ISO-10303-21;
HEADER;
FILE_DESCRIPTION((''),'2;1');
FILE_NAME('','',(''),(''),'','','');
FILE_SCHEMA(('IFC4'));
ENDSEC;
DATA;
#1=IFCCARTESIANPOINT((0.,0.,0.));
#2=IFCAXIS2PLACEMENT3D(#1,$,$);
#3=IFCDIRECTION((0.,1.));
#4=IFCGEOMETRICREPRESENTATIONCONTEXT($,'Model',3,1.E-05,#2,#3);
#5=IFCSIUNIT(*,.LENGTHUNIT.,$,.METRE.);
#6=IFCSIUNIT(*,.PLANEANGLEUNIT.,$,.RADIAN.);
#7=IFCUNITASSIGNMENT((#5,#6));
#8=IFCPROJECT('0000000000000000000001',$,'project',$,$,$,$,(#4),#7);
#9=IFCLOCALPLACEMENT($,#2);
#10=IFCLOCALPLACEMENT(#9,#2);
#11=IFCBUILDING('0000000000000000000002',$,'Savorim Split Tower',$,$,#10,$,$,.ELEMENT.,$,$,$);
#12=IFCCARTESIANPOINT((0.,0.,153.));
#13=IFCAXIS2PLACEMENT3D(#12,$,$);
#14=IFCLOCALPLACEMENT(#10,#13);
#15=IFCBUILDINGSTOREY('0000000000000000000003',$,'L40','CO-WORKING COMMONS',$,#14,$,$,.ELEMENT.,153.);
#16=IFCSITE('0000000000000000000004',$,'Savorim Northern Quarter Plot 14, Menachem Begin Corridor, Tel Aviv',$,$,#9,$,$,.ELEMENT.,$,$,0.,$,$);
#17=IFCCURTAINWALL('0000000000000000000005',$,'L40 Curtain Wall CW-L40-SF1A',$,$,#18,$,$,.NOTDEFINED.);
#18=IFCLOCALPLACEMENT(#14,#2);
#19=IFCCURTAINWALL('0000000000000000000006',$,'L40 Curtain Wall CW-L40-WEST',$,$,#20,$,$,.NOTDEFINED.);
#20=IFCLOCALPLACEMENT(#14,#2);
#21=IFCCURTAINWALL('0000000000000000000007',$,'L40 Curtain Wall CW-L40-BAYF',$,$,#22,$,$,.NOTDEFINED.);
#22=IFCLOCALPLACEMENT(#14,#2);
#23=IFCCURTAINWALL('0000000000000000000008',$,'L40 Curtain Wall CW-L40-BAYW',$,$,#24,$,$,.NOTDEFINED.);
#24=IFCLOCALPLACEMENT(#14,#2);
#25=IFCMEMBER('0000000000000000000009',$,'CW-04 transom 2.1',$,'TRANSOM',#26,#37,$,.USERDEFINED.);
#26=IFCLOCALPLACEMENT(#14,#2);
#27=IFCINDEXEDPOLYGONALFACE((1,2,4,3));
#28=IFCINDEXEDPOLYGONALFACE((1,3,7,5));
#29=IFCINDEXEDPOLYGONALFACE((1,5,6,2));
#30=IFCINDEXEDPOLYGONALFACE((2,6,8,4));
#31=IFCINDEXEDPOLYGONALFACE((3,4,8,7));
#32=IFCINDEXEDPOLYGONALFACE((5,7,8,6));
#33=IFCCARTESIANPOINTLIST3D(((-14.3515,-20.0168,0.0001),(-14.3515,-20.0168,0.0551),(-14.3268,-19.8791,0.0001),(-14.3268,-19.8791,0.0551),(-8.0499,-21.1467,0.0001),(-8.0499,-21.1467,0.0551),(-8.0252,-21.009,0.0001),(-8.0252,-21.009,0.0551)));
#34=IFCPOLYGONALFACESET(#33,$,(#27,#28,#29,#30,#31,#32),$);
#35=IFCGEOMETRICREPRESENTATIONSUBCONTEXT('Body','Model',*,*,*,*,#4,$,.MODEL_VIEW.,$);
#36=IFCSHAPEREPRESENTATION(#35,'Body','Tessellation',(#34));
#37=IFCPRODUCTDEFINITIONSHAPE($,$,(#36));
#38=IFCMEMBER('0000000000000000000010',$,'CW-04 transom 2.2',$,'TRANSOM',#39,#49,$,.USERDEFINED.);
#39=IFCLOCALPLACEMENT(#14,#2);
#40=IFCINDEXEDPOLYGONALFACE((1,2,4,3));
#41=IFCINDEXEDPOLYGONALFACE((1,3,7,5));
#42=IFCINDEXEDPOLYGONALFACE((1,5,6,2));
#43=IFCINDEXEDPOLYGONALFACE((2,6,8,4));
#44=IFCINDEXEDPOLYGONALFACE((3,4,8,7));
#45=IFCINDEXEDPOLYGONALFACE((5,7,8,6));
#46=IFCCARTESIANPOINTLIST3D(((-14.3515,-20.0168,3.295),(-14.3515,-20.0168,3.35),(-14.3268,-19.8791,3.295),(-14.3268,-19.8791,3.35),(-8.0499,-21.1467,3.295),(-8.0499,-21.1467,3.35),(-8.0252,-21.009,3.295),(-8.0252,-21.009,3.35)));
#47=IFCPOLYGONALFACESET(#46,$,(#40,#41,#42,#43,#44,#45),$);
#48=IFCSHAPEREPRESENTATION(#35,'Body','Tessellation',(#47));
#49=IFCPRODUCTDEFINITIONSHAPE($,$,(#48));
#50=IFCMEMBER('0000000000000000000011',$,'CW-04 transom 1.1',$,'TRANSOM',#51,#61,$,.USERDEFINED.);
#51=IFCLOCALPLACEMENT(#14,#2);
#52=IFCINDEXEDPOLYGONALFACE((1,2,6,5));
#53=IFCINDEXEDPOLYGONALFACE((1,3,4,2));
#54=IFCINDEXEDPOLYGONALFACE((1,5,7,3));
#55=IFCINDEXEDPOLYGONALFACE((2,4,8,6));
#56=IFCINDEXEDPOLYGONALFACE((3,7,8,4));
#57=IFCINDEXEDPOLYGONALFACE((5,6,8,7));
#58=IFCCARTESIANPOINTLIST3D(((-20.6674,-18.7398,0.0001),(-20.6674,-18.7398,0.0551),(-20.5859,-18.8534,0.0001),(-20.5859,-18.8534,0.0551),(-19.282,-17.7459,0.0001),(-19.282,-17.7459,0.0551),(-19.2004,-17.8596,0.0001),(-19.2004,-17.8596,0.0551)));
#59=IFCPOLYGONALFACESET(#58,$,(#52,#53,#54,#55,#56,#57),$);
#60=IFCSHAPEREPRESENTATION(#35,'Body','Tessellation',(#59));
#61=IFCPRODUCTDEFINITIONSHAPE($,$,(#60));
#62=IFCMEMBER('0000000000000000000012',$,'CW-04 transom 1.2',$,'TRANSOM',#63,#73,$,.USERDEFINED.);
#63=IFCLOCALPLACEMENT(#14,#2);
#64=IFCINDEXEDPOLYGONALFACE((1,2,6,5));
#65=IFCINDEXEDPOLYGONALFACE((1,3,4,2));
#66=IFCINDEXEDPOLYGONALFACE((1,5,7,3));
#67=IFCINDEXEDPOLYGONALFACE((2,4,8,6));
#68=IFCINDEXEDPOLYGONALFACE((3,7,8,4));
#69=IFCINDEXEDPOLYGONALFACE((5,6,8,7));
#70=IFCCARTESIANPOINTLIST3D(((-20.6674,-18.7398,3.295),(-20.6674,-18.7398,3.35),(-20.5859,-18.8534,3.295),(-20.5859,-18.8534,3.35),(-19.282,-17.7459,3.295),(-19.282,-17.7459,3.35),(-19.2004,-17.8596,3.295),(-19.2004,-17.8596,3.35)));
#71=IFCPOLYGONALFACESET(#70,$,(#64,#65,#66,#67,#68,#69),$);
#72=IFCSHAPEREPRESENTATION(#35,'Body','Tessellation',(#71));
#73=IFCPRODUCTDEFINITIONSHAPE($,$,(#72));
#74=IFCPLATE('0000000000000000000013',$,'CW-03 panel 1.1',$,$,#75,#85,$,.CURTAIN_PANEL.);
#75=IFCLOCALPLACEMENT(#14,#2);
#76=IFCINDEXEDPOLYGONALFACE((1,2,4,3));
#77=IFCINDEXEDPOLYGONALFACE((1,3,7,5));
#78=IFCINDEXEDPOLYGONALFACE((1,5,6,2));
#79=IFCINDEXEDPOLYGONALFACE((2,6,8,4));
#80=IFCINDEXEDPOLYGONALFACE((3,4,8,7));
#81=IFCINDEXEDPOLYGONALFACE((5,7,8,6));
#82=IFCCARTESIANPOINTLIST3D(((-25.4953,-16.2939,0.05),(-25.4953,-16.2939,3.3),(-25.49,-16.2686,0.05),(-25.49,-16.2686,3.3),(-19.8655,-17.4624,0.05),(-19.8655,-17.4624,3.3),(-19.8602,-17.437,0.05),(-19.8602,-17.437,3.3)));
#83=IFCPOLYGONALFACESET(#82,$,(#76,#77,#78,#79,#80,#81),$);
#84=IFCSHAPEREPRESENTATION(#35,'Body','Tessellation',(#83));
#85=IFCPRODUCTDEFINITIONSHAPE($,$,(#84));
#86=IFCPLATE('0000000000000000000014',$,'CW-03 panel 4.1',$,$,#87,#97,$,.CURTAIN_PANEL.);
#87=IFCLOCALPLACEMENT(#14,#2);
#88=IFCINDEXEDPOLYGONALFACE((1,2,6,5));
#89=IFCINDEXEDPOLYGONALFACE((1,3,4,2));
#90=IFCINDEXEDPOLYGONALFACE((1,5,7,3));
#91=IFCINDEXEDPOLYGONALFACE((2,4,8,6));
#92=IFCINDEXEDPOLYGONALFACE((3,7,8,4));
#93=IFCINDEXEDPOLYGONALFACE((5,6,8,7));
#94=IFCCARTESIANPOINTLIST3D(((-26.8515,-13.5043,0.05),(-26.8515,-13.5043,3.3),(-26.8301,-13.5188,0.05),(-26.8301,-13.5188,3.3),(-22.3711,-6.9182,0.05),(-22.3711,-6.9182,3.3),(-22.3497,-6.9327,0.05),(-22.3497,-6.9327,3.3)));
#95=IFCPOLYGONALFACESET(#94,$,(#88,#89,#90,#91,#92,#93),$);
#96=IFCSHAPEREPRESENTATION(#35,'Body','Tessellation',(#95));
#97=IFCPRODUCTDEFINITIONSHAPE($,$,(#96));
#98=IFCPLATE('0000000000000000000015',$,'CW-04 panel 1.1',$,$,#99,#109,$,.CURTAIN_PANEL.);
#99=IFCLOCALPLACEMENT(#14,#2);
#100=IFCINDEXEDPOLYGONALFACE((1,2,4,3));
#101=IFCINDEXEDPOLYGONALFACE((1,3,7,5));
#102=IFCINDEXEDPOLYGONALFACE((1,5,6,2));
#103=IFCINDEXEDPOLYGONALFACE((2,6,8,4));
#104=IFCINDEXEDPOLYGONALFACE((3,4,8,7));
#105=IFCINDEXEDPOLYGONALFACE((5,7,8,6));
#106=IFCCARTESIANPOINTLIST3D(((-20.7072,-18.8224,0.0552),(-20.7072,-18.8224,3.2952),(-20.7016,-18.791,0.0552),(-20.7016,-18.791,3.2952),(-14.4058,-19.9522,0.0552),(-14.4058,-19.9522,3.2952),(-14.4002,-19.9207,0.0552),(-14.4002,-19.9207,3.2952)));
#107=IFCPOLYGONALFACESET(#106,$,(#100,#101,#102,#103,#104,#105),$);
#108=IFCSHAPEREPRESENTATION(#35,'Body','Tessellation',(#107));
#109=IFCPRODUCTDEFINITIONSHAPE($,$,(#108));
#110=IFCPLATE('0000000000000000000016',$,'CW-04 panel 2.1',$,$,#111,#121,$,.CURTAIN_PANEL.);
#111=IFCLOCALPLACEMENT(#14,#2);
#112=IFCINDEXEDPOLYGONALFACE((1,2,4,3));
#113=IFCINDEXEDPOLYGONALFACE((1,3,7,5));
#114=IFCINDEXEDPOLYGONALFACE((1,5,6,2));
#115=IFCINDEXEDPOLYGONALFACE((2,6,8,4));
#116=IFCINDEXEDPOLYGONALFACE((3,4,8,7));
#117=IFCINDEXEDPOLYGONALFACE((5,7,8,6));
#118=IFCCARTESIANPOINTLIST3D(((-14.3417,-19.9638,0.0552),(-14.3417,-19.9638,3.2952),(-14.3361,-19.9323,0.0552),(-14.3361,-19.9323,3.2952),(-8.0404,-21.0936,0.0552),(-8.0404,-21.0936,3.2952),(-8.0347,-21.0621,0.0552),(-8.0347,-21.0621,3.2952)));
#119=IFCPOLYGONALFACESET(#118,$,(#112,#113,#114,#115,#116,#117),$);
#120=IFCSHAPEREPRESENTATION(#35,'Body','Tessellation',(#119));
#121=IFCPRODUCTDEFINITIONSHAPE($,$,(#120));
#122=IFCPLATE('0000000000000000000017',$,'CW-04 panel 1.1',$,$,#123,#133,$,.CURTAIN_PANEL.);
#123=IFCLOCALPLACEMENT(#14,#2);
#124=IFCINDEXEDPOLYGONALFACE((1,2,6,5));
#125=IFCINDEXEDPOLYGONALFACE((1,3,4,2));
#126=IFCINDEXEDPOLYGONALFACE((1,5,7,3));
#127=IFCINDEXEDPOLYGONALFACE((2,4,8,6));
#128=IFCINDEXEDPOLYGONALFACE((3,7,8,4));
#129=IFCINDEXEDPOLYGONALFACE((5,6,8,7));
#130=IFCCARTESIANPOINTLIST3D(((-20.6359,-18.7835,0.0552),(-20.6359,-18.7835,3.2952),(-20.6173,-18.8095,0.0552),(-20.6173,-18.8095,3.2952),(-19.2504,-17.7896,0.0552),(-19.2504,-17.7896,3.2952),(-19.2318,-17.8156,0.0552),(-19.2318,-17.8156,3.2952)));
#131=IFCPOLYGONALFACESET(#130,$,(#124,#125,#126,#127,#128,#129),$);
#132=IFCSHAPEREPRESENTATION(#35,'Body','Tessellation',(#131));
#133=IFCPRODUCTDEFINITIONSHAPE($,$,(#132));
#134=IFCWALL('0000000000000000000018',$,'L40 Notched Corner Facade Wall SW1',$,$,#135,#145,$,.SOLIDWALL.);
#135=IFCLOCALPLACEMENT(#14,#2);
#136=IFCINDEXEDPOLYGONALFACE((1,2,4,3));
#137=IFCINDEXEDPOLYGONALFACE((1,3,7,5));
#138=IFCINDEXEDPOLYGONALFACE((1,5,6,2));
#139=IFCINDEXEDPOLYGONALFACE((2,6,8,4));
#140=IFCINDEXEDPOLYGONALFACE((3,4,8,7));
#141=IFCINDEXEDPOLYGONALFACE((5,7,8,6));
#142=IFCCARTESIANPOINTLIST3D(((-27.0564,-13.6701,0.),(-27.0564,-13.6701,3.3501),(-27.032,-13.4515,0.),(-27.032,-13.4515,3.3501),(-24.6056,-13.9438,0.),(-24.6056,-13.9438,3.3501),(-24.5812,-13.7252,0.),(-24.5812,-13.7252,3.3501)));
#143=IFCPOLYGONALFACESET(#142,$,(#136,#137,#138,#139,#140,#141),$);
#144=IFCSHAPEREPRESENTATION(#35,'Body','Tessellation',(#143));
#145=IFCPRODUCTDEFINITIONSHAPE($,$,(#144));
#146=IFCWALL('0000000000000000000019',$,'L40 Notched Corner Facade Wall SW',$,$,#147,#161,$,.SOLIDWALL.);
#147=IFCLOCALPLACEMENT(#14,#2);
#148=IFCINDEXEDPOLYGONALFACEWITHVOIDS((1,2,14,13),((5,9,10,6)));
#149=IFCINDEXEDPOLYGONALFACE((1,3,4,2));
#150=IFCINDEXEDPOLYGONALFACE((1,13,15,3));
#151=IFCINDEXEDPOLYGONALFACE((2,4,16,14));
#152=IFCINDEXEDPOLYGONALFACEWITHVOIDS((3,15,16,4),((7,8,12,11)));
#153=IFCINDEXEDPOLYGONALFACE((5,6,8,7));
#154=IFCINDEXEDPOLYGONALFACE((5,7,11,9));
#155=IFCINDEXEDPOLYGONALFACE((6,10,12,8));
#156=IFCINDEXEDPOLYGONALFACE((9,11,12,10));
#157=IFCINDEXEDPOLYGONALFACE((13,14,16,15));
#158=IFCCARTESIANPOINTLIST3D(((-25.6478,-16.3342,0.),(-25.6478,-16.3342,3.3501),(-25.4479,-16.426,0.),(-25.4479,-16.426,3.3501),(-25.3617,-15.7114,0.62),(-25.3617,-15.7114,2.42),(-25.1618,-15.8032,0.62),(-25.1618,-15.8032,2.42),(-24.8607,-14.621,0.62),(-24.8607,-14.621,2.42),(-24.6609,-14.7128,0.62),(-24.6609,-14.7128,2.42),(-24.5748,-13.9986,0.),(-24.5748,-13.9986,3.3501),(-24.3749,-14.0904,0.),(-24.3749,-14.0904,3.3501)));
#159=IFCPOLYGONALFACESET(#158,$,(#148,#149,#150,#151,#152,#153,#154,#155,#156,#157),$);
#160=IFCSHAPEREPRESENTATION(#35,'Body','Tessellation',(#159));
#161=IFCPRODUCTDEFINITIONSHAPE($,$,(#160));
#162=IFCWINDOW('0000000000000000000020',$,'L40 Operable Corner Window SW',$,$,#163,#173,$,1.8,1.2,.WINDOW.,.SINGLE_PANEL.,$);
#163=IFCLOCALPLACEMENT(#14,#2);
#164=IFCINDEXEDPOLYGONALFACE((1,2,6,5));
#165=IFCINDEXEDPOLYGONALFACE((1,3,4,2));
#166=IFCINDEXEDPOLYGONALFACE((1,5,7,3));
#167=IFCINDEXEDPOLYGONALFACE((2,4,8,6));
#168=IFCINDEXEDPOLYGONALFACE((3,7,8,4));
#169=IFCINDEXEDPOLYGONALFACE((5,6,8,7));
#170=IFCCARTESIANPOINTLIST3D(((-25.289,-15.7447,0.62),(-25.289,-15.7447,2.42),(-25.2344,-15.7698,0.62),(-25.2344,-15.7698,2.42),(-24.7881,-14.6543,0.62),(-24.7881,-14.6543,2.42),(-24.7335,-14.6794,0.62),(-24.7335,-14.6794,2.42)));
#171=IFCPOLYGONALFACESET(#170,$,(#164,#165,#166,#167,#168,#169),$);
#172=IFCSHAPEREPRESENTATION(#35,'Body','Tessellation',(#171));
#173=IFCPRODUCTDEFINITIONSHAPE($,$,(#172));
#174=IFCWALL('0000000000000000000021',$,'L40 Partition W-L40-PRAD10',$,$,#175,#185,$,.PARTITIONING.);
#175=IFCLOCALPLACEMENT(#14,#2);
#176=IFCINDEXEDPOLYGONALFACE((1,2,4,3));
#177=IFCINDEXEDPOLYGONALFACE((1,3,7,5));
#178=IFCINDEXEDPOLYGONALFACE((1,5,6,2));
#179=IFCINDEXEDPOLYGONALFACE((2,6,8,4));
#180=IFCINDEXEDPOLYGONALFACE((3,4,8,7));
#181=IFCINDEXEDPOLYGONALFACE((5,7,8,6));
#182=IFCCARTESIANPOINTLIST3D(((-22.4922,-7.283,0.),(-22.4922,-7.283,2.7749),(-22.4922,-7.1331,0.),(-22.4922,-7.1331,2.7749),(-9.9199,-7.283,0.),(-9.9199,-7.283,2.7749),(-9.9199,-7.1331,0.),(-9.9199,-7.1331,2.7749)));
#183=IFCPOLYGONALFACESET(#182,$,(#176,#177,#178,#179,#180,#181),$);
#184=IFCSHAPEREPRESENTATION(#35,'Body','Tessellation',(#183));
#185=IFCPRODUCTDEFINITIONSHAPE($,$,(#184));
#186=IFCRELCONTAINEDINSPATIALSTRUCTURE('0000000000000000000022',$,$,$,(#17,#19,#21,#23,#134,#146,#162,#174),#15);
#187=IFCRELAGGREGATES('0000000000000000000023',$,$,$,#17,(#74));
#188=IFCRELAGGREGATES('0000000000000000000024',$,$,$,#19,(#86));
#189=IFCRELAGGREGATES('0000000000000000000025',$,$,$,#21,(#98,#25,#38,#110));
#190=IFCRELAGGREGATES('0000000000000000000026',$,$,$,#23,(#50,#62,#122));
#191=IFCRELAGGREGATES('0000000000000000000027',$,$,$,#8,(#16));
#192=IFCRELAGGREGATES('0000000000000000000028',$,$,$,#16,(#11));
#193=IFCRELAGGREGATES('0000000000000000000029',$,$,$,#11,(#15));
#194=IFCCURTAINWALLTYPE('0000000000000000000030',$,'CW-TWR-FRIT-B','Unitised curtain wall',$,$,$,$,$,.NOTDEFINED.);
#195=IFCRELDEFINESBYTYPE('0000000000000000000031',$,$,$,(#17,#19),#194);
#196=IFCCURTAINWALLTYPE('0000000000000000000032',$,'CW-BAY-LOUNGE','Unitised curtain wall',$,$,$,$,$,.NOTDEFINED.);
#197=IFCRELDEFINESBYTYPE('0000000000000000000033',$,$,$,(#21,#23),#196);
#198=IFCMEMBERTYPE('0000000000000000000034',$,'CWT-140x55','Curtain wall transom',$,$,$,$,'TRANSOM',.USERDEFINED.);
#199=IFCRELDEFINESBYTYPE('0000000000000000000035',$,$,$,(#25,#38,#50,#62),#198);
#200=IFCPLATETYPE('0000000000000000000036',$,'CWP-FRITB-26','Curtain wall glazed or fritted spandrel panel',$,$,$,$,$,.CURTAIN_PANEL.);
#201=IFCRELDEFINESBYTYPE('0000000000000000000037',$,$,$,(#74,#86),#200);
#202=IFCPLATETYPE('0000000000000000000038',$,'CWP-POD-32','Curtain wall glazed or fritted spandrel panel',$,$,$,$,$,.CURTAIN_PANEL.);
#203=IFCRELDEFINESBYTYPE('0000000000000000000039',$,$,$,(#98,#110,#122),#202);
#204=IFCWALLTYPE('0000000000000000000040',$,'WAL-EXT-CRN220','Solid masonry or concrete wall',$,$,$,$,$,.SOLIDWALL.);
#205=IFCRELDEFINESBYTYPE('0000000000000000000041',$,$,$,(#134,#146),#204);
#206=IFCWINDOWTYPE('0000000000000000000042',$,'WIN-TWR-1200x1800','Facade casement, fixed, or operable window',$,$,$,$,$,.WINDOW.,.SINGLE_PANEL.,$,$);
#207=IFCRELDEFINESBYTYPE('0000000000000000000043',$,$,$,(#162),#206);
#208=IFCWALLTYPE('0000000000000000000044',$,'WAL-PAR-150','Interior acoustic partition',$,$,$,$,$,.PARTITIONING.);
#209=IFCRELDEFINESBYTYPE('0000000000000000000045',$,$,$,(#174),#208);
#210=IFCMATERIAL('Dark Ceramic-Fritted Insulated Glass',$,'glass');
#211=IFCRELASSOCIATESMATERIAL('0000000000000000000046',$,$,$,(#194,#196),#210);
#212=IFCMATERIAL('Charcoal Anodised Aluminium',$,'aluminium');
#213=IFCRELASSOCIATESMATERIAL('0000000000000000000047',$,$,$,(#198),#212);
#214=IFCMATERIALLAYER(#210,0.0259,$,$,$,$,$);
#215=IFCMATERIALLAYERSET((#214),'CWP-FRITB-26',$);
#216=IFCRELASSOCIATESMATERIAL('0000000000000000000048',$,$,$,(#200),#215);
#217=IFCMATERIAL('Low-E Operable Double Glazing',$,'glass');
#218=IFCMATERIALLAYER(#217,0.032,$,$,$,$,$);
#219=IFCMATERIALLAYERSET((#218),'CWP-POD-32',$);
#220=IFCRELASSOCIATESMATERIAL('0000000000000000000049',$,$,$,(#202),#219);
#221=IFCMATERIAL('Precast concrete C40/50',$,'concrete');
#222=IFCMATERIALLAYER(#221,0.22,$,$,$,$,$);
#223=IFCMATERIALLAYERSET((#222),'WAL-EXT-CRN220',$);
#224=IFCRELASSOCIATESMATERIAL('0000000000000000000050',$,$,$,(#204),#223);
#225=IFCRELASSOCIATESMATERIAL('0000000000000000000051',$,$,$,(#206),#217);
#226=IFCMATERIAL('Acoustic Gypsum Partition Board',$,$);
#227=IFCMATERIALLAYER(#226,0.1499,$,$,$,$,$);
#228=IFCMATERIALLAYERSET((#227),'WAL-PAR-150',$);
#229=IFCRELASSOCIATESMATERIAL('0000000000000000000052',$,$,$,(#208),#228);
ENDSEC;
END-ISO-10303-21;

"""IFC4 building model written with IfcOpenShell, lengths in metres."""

from ifc_helpers import new_model, si_unit, direction, frame, frame_2d, origin, origin_2d, place, context, subcontext, project, spatial, rectangle, extrude, material, layer, layer_set, material_profile, profile_set, type_object, element, fill, aggregate, save


model = new_model("IFC4")

# Units and contexts
model_context = context("Model", 3, precision=1e-05, world=origin(), true_north=direction((0.0, 1.0)))
body_context = subcontext(model_context, "Body", "Model", "MODEL_VIEW")
ifc_project = project(units=[si_unit("LENGTHUNIT", "METRE"), si_unit("PLANEANGLEUNIT", "RADIAN")], contexts=[model_context])

# Site, building, storey
site_placement = place(None, origin())
site = spatial("IfcSite", under=ifc_project, at=site_placement, Name="Savorim Northern Quarter Plot 14, Menachem Begin Corridor, Tel Aviv", CompositionType="ELEMENT", RefElevation=0.0)
building_placement = place(site_placement, origin())
building = spatial("IfcBuilding", under=site, at=building_placement, Name="Savorim Split Tower", CompositionType="ELEMENT")
storey_placement = place(building_placement, frame((0.0, 0.0, 153.0)))
storey = spatial("IfcBuildingStorey", under=building, at=storey_placement, Name="L40", Description="CO-WORKING COMMONS", CompositionType="ELEMENT", Elevation=153.0)

# Curtain walls
ifc_material_1 = material(Name="Dark Ceramic-Fritted Insulated Glass", Category="glass")
curtain_wall_type_1 = type_object("IfcCurtainWallType", Name="CW-TWR-FRIT-B", Description="Unitised curtain wall", PredefinedType="NOTDEFINED", material=ifc_material_1)
curtain_wall_1_placement = place(storey_placement, origin())
curtain_wall_1 = element("IfcCurtainWall", 1, at=curtain_wall_1_placement, inside=storey, type_object=curtain_wall_type_1, Name="L40 Curtain Wall CW-L40-SF1A", PredefinedType="NOTDEFINED")
ifc_material_2 = material(Name="Charcoal Anodised Aluminium", Category="aluminium")
curtain_wall_2_placement = place(storey_placement, origin())
curtain_wall_2 = element("IfcCurtainWall", 2, at=curtain_wall_2_placement, inside=storey, type_object=curtain_wall_type_1, Name="L40 Curtain Wall CW-L40-WEST", PredefinedType="NOTDEFINED")
curtain_wall_type_2 = type_object("IfcCurtainWallType", Name="CW-BAY-LOUNGE", Description="Unitised curtain wall", PredefinedType="NOTDEFINED", material=ifc_material_1)
curtain_wall_3_placement = place(storey_placement, origin())
curtain_wall_3 = element("IfcCurtainWall", 3, at=curtain_wall_3_placement, inside=storey, type_object=curtain_wall_type_2, Name="L40 Curtain Wall CW-L40-BAYF", PredefinedType="NOTDEFINED")
curtain_wall_4_placement = place(storey_placement, origin())
curtain_wall_4 = element("IfcCurtainWall", 4, at=curtain_wall_4_placement, inside=storey, type_object=curtain_wall_type_2, Name="L40 Curtain Wall CW-L40-BAYW", PredefinedType="NOTDEFINED")

# Members
ifc_material_profile_1 = material_profile(ifc_material_2, rectangle(XDim=0.1399, YDim=0.0549, at=origin_2d()), Name="ALU-T 140x55")
ifc_profile_set_1 = profile_set([ifc_material_profile_1], Name="Charcoal Anodised Aluminium")
member_type_1 = type_object("IfcMemberType", Name="CWT-140x55", Description="Curtain wall transom", ElementType="TRANSOM", PredefinedType="USERDEFINED", material=ifc_profile_set_1)
member_1_placement = place(storey_placement, frame((-14.3391, -19.948, 0.0276), z_axis=(0.984303, -0.176489, 0.0), x_axis=(0.176489, 0.984303, 0.0)))
member_1 = element("IfcMember", 5, at=member_1_placement, type_object=member_type_1, Name="CW-04 transom 2.1", ObjectType="TRANSOM", PredefinedType="USERDEFINED", context=body_context, shape_type="SweptSolid", body=[
    extrude(rectangle(XDim=0.1399, YDim=0.0549, at=origin_2d()), origin(), (0.0, 0.0, 1.0), 6.4021),
])
member_2_placement = place(storey_placement, frame((-14.3391, -19.948, 3.3225), z_axis=(0.984303, -0.176489, 0.0), x_axis=(0.176489, 0.984303, 0.0)))
member_2 = element("IfcMember", 6, at=member_2_placement, type_object=member_type_1, Name="CW-04 transom 2.2", ObjectType="TRANSOM", PredefinedType="USERDEFINED", context=body_context, shape_type="SweptSolid", body=[
    extrude(rectangle(XDim=0.1399, YDim=0.0549, at=origin_2d()), origin(), (0.0, 0.0, 1.0), 6.4021),
])
member_3_placement = place(storey_placement, frame((-19.2412, -17.8027, 0.0276), z_axis=(-0.812552, -0.582889, 0.0), x_axis=(0.582889, -0.812552, 0.0)))
member_3 = element("IfcMember", 7, at=member_3_placement, type_object=member_type_1, Name="CW-04 transom 1.1", ObjectType="TRANSOM", PredefinedType="USERDEFINED", context=body_context, shape_type="SweptSolid", body=[
    extrude(rectangle(XDim=0.1399, YDim=0.0549, at=origin_2d()), origin(), (0.0, 0.0, 1.0), 1.7051),
])
member_4_placement = place(storey_placement, frame((-19.2412, -17.8027, 3.3225), z_axis=(-0.812552, -0.582889, 0.0), x_axis=(0.582889, -0.812552, 0.0)))
member_4 = element("IfcMember", 8, at=member_4_placement, type_object=member_type_1, Name="CW-04 transom 1.2", ObjectType="TRANSOM", PredefinedType="USERDEFINED", context=body_context, shape_type="SweptSolid", body=[
    extrude(rectangle(XDim=0.1399, YDim=0.0549, at=origin_2d()), origin(), (0.0, 0.0, 1.0), 1.7051),
])

# Plates
ifc_layer_1 = layer(ifc_material_1, 0.0259)
ifc_layer_set_1 = layer_set([ifc_layer_1], Name="CWP-FRITB-26")
plate_type_1 = type_object("IfcPlateType", Name="CWP-FRITB-26", Description="Curtain wall glazed or fritted spandrel panel", PredefinedType="CURTAIN_PANEL", material=ifc_layer_set_1)
plate_1_placement = place(storey_placement, frame((-22.6777, -16.8655, 0.05), z_axis=(0.0, 0.0, 1.0), x_axis=(0.979134, -0.203214, 0.0)))
plate_1 = element("IfcPlate", 9, at=plate_1_placement, type_object=plate_type_1, Name="CW-03 panel 1.1", PredefinedType="CURTAIN_PANEL", context=body_context, shape_type="SweptSolid", body=[
    extrude(rectangle(XDim=5.7498, YDim=0.0259, at=origin_2d()), origin(), (0.0, 0.0, 1.0), 3.25),
])
aggregate(curtain_wall_1, [plate_1])
plate_2_placement = place(storey_placement, frame((-24.6006, -10.2185, 0.05), z_axis=(0.0, 0.0, 1.0), x_axis=(-0.562466, -0.82682, 0.0)))
plate_2 = element("IfcPlate", 10, at=plate_2_placement, type_object=plate_type_1, Name="CW-03 panel 4.1", PredefinedType="CURTAIN_PANEL", context=body_context, shape_type="SweptSolid", body=[
    extrude(rectangle(XDim=7.9656, YDim=0.0259, at=origin_2d()), origin(), (0.0, 0.0, 1.0), 3.25),
])
aggregate(curtain_wall_2, [plate_2])
ifc_material_3 = material(Name="Low-E Operable Double Glazing", Category="glass")
ifc_layer_2 = layer(ifc_material_3, 0.032)
ifc_layer_set_2 = layer_set([ifc_layer_2], Name="CWP-POD-32")
plate_type_2 = type_object("IfcPlateType", Name="CWP-POD-32", Description="Curtain wall glazed or fritted spandrel panel", PredefinedType="CURTAIN_PANEL", material=ifc_layer_set_2)
plate_3_placement = place(storey_placement, frame((-17.5537, -19.3716, 0.0552), z_axis=(0.0, 0.0, 1.0), x_axis=(0.984305, -0.176476, 0.0)))
plate_3 = element("IfcPlate", 11, at=plate_3_placement, type_object=plate_type_2, Name="CW-04 panel 1.1", PredefinedType="CURTAIN_PANEL", context=body_context, shape_type="SweptSolid", body=[
    extrude(rectangle(XDim=6.4019, YDim=0.032, at=origin_2d()), origin(), (0.0, 0.0, 1.0), 3.24),
])
plate_4_placement = place(storey_placement, frame((-11.1882, -20.5129, 0.0552), z_axis=(0.0, 0.0, 1.0), x_axis=(0.984305, -0.176476, 0.0)))
plate_4 = element("IfcPlate", 12, at=plate_4_placement, type_object=plate_type_2, Name="CW-04 panel 2.1", PredefinedType="CURTAIN_PANEL", context=body_context, shape_type="SweptSolid", body=[
    extrude(rectangle(XDim=6.4019, YDim=0.032, at=origin_2d()), origin(), (0.0, 0.0, 1.0), 3.24),
])
aggregate(curtain_wall_3, [plate_3, member_1, member_2, plate_4])
plate_5_placement = place(storey_placement, frame((-19.9338, -18.2996, 0.0552), z_axis=(0.0, 0.0, 1.0), x_axis=(-0.812565, -0.582871, 0.0)))
plate_5 = element("IfcPlate", 13, at=plate_5_placement, type_object=plate_type_2, Name="CW-04 panel 1.1", PredefinedType="CURTAIN_PANEL", context=body_context, shape_type="SweptSolid", body=[
    extrude(rectangle(XDim=1.7051, YDim=0.032, at=origin_2d()), origin(), (0.0, 0.0, 1.0), 3.24),
])
aggregate(curtain_wall_4, [member_3, member_4, plate_5])

# Wall
ifc_material_4 = material(Name="Precast concrete C40/50", Category="concrete")
ifc_layer_3 = layer(ifc_material_4, 0.22)
ifc_layer_set_3 = layer_set([ifc_layer_3], Name="WAL-EXT-CRN220")
wall_type_1 = type_object("IfcWallType", Name="WAL-EXT-CRN220", Description="Solid masonry or concrete wall", PredefinedType="SOLIDWALL", material=ifc_layer_set_3)
wall_1_placement = place(storey_placement, frame((-24.5935, -13.8345, 0.0), z_axis=(0.0, 0.0, 1.0), x_axis=(-0.993823, 0.110975, 0.0)))
element("IfcWall", 14, at=wall_1_placement, inside=storey, type_object=wall_type_1, Name="L40 Notched Corner Facade Wall SW1", PredefinedType="SOLIDWALL", context=body_context, shape_type="SweptSolid", body=[
    extrude(rectangle(XDim=2.4661, YDim=0.22, at=frame_2d((1.2329, 0.0))), origin(), (0.0, 0.0, 1.0), 3.3501),
])

# Wall, opening, window
wall_2_placement = place(storey_placement, frame((-25.5479, -16.3801, 0.0), z_axis=(0.0, 0.0, 1.0), x_axis=(0.417449, 0.9087, 0.0)))
wall_2 = element("IfcWall", 15, at=wall_2_placement, inside=storey, type_object=wall_type_1, Name="L40 Notched Corner Facade Wall SW", PredefinedType="SOLIDWALL", context=body_context, shape_type="SweptSolid", body=[
    extrude(rectangle(XDim=2.5703, YDim=0.22, at=frame_2d((1.2852, 0.0))), origin(), (0.0, 0.0, 1.0), 3.3501),
])
opening_placement = place(wall_2_placement, frame((0.6853, 0.0, 0.6201)))
opening = element("IfcOpeningElement", 16, at=opening_placement, cuts=wall_2, PredefinedType="OPENING", context=body_context, shape_type="SweptSolid", body=[
    extrude(rectangle(XDim=1.2, YDim=1.8, at=frame_2d((0.6001, 0.8999))), frame((0.0, 0.1199, 0.0), z_axis=(0.0, -1.0, 0.0), x_axis=(1.0, 0.0, 0.0)), (0.0, 0.0, 1.0), 0.24),
])
window_type = type_object("IfcWindowType", Name="WIN-TWR-1200x1800", Description="Facade casement, fixed, or operable window", PartitioningType="SINGLE_PANEL", PredefinedType="WINDOW", material=ifc_material_3)
window_placement = place(opening_placement, origin())
window = element("IfcWindow", 17, at=window_placement, inside=storey, type_object=window_type, Name="L40 Operable Corner Window SW", OverallHeight=1.8, OverallWidth=1.2, PartitioningType="SINGLE_PANEL", PredefinedType="WINDOW", context=body_context, shape_type="SweptSolid", body=[
    extrude(rectangle(XDim=1.2, YDim=1.8, at=frame_2d((0.6001, 0.8999))), frame((0.0, 0.03, 0.0), z_axis=(0.0, -1.0, 0.0), x_axis=(1.0, 0.0, 0.0)), (0.0, 0.0, 1.0), 0.0601),
])
fill(opening, window)

# Wall
ifc_material_5 = material(Name="Acoustic Gypsum Partition Board")
ifc_layer_4 = layer(ifc_material_5, 0.1499)
ifc_layer_set_4 = layer_set([ifc_layer_4], Name="WAL-PAR-150")
wall_type_2 = type_object("IfcWallType", Name="WAL-PAR-150", Description="Interior acoustic partition", PredefinedType="PARTITIONING", material=ifc_layer_set_4)
wall_3_placement = place(storey_placement, frame((-9.9199, -7.208, 0.0), z_axis=(0.0, 0.0, 1.0), x_axis=(-1.0, 0.0, 0.0)))
element("IfcWall", 18, at=wall_3_placement, inside=storey, type_object=wall_type_2, Name="L40 Partition W-L40-PRAD10", PredefinedType="PARTITIONING", context=body_context, shape_type="SweptSolid", body=[
    extrude(rectangle(XDim=12.5723, YDim=0.1499, at=frame_2d((6.2861, 0.0))), origin(), (0.0, 0.0, 1.0), 2.7749),
])

save(model, "model.ifc")
